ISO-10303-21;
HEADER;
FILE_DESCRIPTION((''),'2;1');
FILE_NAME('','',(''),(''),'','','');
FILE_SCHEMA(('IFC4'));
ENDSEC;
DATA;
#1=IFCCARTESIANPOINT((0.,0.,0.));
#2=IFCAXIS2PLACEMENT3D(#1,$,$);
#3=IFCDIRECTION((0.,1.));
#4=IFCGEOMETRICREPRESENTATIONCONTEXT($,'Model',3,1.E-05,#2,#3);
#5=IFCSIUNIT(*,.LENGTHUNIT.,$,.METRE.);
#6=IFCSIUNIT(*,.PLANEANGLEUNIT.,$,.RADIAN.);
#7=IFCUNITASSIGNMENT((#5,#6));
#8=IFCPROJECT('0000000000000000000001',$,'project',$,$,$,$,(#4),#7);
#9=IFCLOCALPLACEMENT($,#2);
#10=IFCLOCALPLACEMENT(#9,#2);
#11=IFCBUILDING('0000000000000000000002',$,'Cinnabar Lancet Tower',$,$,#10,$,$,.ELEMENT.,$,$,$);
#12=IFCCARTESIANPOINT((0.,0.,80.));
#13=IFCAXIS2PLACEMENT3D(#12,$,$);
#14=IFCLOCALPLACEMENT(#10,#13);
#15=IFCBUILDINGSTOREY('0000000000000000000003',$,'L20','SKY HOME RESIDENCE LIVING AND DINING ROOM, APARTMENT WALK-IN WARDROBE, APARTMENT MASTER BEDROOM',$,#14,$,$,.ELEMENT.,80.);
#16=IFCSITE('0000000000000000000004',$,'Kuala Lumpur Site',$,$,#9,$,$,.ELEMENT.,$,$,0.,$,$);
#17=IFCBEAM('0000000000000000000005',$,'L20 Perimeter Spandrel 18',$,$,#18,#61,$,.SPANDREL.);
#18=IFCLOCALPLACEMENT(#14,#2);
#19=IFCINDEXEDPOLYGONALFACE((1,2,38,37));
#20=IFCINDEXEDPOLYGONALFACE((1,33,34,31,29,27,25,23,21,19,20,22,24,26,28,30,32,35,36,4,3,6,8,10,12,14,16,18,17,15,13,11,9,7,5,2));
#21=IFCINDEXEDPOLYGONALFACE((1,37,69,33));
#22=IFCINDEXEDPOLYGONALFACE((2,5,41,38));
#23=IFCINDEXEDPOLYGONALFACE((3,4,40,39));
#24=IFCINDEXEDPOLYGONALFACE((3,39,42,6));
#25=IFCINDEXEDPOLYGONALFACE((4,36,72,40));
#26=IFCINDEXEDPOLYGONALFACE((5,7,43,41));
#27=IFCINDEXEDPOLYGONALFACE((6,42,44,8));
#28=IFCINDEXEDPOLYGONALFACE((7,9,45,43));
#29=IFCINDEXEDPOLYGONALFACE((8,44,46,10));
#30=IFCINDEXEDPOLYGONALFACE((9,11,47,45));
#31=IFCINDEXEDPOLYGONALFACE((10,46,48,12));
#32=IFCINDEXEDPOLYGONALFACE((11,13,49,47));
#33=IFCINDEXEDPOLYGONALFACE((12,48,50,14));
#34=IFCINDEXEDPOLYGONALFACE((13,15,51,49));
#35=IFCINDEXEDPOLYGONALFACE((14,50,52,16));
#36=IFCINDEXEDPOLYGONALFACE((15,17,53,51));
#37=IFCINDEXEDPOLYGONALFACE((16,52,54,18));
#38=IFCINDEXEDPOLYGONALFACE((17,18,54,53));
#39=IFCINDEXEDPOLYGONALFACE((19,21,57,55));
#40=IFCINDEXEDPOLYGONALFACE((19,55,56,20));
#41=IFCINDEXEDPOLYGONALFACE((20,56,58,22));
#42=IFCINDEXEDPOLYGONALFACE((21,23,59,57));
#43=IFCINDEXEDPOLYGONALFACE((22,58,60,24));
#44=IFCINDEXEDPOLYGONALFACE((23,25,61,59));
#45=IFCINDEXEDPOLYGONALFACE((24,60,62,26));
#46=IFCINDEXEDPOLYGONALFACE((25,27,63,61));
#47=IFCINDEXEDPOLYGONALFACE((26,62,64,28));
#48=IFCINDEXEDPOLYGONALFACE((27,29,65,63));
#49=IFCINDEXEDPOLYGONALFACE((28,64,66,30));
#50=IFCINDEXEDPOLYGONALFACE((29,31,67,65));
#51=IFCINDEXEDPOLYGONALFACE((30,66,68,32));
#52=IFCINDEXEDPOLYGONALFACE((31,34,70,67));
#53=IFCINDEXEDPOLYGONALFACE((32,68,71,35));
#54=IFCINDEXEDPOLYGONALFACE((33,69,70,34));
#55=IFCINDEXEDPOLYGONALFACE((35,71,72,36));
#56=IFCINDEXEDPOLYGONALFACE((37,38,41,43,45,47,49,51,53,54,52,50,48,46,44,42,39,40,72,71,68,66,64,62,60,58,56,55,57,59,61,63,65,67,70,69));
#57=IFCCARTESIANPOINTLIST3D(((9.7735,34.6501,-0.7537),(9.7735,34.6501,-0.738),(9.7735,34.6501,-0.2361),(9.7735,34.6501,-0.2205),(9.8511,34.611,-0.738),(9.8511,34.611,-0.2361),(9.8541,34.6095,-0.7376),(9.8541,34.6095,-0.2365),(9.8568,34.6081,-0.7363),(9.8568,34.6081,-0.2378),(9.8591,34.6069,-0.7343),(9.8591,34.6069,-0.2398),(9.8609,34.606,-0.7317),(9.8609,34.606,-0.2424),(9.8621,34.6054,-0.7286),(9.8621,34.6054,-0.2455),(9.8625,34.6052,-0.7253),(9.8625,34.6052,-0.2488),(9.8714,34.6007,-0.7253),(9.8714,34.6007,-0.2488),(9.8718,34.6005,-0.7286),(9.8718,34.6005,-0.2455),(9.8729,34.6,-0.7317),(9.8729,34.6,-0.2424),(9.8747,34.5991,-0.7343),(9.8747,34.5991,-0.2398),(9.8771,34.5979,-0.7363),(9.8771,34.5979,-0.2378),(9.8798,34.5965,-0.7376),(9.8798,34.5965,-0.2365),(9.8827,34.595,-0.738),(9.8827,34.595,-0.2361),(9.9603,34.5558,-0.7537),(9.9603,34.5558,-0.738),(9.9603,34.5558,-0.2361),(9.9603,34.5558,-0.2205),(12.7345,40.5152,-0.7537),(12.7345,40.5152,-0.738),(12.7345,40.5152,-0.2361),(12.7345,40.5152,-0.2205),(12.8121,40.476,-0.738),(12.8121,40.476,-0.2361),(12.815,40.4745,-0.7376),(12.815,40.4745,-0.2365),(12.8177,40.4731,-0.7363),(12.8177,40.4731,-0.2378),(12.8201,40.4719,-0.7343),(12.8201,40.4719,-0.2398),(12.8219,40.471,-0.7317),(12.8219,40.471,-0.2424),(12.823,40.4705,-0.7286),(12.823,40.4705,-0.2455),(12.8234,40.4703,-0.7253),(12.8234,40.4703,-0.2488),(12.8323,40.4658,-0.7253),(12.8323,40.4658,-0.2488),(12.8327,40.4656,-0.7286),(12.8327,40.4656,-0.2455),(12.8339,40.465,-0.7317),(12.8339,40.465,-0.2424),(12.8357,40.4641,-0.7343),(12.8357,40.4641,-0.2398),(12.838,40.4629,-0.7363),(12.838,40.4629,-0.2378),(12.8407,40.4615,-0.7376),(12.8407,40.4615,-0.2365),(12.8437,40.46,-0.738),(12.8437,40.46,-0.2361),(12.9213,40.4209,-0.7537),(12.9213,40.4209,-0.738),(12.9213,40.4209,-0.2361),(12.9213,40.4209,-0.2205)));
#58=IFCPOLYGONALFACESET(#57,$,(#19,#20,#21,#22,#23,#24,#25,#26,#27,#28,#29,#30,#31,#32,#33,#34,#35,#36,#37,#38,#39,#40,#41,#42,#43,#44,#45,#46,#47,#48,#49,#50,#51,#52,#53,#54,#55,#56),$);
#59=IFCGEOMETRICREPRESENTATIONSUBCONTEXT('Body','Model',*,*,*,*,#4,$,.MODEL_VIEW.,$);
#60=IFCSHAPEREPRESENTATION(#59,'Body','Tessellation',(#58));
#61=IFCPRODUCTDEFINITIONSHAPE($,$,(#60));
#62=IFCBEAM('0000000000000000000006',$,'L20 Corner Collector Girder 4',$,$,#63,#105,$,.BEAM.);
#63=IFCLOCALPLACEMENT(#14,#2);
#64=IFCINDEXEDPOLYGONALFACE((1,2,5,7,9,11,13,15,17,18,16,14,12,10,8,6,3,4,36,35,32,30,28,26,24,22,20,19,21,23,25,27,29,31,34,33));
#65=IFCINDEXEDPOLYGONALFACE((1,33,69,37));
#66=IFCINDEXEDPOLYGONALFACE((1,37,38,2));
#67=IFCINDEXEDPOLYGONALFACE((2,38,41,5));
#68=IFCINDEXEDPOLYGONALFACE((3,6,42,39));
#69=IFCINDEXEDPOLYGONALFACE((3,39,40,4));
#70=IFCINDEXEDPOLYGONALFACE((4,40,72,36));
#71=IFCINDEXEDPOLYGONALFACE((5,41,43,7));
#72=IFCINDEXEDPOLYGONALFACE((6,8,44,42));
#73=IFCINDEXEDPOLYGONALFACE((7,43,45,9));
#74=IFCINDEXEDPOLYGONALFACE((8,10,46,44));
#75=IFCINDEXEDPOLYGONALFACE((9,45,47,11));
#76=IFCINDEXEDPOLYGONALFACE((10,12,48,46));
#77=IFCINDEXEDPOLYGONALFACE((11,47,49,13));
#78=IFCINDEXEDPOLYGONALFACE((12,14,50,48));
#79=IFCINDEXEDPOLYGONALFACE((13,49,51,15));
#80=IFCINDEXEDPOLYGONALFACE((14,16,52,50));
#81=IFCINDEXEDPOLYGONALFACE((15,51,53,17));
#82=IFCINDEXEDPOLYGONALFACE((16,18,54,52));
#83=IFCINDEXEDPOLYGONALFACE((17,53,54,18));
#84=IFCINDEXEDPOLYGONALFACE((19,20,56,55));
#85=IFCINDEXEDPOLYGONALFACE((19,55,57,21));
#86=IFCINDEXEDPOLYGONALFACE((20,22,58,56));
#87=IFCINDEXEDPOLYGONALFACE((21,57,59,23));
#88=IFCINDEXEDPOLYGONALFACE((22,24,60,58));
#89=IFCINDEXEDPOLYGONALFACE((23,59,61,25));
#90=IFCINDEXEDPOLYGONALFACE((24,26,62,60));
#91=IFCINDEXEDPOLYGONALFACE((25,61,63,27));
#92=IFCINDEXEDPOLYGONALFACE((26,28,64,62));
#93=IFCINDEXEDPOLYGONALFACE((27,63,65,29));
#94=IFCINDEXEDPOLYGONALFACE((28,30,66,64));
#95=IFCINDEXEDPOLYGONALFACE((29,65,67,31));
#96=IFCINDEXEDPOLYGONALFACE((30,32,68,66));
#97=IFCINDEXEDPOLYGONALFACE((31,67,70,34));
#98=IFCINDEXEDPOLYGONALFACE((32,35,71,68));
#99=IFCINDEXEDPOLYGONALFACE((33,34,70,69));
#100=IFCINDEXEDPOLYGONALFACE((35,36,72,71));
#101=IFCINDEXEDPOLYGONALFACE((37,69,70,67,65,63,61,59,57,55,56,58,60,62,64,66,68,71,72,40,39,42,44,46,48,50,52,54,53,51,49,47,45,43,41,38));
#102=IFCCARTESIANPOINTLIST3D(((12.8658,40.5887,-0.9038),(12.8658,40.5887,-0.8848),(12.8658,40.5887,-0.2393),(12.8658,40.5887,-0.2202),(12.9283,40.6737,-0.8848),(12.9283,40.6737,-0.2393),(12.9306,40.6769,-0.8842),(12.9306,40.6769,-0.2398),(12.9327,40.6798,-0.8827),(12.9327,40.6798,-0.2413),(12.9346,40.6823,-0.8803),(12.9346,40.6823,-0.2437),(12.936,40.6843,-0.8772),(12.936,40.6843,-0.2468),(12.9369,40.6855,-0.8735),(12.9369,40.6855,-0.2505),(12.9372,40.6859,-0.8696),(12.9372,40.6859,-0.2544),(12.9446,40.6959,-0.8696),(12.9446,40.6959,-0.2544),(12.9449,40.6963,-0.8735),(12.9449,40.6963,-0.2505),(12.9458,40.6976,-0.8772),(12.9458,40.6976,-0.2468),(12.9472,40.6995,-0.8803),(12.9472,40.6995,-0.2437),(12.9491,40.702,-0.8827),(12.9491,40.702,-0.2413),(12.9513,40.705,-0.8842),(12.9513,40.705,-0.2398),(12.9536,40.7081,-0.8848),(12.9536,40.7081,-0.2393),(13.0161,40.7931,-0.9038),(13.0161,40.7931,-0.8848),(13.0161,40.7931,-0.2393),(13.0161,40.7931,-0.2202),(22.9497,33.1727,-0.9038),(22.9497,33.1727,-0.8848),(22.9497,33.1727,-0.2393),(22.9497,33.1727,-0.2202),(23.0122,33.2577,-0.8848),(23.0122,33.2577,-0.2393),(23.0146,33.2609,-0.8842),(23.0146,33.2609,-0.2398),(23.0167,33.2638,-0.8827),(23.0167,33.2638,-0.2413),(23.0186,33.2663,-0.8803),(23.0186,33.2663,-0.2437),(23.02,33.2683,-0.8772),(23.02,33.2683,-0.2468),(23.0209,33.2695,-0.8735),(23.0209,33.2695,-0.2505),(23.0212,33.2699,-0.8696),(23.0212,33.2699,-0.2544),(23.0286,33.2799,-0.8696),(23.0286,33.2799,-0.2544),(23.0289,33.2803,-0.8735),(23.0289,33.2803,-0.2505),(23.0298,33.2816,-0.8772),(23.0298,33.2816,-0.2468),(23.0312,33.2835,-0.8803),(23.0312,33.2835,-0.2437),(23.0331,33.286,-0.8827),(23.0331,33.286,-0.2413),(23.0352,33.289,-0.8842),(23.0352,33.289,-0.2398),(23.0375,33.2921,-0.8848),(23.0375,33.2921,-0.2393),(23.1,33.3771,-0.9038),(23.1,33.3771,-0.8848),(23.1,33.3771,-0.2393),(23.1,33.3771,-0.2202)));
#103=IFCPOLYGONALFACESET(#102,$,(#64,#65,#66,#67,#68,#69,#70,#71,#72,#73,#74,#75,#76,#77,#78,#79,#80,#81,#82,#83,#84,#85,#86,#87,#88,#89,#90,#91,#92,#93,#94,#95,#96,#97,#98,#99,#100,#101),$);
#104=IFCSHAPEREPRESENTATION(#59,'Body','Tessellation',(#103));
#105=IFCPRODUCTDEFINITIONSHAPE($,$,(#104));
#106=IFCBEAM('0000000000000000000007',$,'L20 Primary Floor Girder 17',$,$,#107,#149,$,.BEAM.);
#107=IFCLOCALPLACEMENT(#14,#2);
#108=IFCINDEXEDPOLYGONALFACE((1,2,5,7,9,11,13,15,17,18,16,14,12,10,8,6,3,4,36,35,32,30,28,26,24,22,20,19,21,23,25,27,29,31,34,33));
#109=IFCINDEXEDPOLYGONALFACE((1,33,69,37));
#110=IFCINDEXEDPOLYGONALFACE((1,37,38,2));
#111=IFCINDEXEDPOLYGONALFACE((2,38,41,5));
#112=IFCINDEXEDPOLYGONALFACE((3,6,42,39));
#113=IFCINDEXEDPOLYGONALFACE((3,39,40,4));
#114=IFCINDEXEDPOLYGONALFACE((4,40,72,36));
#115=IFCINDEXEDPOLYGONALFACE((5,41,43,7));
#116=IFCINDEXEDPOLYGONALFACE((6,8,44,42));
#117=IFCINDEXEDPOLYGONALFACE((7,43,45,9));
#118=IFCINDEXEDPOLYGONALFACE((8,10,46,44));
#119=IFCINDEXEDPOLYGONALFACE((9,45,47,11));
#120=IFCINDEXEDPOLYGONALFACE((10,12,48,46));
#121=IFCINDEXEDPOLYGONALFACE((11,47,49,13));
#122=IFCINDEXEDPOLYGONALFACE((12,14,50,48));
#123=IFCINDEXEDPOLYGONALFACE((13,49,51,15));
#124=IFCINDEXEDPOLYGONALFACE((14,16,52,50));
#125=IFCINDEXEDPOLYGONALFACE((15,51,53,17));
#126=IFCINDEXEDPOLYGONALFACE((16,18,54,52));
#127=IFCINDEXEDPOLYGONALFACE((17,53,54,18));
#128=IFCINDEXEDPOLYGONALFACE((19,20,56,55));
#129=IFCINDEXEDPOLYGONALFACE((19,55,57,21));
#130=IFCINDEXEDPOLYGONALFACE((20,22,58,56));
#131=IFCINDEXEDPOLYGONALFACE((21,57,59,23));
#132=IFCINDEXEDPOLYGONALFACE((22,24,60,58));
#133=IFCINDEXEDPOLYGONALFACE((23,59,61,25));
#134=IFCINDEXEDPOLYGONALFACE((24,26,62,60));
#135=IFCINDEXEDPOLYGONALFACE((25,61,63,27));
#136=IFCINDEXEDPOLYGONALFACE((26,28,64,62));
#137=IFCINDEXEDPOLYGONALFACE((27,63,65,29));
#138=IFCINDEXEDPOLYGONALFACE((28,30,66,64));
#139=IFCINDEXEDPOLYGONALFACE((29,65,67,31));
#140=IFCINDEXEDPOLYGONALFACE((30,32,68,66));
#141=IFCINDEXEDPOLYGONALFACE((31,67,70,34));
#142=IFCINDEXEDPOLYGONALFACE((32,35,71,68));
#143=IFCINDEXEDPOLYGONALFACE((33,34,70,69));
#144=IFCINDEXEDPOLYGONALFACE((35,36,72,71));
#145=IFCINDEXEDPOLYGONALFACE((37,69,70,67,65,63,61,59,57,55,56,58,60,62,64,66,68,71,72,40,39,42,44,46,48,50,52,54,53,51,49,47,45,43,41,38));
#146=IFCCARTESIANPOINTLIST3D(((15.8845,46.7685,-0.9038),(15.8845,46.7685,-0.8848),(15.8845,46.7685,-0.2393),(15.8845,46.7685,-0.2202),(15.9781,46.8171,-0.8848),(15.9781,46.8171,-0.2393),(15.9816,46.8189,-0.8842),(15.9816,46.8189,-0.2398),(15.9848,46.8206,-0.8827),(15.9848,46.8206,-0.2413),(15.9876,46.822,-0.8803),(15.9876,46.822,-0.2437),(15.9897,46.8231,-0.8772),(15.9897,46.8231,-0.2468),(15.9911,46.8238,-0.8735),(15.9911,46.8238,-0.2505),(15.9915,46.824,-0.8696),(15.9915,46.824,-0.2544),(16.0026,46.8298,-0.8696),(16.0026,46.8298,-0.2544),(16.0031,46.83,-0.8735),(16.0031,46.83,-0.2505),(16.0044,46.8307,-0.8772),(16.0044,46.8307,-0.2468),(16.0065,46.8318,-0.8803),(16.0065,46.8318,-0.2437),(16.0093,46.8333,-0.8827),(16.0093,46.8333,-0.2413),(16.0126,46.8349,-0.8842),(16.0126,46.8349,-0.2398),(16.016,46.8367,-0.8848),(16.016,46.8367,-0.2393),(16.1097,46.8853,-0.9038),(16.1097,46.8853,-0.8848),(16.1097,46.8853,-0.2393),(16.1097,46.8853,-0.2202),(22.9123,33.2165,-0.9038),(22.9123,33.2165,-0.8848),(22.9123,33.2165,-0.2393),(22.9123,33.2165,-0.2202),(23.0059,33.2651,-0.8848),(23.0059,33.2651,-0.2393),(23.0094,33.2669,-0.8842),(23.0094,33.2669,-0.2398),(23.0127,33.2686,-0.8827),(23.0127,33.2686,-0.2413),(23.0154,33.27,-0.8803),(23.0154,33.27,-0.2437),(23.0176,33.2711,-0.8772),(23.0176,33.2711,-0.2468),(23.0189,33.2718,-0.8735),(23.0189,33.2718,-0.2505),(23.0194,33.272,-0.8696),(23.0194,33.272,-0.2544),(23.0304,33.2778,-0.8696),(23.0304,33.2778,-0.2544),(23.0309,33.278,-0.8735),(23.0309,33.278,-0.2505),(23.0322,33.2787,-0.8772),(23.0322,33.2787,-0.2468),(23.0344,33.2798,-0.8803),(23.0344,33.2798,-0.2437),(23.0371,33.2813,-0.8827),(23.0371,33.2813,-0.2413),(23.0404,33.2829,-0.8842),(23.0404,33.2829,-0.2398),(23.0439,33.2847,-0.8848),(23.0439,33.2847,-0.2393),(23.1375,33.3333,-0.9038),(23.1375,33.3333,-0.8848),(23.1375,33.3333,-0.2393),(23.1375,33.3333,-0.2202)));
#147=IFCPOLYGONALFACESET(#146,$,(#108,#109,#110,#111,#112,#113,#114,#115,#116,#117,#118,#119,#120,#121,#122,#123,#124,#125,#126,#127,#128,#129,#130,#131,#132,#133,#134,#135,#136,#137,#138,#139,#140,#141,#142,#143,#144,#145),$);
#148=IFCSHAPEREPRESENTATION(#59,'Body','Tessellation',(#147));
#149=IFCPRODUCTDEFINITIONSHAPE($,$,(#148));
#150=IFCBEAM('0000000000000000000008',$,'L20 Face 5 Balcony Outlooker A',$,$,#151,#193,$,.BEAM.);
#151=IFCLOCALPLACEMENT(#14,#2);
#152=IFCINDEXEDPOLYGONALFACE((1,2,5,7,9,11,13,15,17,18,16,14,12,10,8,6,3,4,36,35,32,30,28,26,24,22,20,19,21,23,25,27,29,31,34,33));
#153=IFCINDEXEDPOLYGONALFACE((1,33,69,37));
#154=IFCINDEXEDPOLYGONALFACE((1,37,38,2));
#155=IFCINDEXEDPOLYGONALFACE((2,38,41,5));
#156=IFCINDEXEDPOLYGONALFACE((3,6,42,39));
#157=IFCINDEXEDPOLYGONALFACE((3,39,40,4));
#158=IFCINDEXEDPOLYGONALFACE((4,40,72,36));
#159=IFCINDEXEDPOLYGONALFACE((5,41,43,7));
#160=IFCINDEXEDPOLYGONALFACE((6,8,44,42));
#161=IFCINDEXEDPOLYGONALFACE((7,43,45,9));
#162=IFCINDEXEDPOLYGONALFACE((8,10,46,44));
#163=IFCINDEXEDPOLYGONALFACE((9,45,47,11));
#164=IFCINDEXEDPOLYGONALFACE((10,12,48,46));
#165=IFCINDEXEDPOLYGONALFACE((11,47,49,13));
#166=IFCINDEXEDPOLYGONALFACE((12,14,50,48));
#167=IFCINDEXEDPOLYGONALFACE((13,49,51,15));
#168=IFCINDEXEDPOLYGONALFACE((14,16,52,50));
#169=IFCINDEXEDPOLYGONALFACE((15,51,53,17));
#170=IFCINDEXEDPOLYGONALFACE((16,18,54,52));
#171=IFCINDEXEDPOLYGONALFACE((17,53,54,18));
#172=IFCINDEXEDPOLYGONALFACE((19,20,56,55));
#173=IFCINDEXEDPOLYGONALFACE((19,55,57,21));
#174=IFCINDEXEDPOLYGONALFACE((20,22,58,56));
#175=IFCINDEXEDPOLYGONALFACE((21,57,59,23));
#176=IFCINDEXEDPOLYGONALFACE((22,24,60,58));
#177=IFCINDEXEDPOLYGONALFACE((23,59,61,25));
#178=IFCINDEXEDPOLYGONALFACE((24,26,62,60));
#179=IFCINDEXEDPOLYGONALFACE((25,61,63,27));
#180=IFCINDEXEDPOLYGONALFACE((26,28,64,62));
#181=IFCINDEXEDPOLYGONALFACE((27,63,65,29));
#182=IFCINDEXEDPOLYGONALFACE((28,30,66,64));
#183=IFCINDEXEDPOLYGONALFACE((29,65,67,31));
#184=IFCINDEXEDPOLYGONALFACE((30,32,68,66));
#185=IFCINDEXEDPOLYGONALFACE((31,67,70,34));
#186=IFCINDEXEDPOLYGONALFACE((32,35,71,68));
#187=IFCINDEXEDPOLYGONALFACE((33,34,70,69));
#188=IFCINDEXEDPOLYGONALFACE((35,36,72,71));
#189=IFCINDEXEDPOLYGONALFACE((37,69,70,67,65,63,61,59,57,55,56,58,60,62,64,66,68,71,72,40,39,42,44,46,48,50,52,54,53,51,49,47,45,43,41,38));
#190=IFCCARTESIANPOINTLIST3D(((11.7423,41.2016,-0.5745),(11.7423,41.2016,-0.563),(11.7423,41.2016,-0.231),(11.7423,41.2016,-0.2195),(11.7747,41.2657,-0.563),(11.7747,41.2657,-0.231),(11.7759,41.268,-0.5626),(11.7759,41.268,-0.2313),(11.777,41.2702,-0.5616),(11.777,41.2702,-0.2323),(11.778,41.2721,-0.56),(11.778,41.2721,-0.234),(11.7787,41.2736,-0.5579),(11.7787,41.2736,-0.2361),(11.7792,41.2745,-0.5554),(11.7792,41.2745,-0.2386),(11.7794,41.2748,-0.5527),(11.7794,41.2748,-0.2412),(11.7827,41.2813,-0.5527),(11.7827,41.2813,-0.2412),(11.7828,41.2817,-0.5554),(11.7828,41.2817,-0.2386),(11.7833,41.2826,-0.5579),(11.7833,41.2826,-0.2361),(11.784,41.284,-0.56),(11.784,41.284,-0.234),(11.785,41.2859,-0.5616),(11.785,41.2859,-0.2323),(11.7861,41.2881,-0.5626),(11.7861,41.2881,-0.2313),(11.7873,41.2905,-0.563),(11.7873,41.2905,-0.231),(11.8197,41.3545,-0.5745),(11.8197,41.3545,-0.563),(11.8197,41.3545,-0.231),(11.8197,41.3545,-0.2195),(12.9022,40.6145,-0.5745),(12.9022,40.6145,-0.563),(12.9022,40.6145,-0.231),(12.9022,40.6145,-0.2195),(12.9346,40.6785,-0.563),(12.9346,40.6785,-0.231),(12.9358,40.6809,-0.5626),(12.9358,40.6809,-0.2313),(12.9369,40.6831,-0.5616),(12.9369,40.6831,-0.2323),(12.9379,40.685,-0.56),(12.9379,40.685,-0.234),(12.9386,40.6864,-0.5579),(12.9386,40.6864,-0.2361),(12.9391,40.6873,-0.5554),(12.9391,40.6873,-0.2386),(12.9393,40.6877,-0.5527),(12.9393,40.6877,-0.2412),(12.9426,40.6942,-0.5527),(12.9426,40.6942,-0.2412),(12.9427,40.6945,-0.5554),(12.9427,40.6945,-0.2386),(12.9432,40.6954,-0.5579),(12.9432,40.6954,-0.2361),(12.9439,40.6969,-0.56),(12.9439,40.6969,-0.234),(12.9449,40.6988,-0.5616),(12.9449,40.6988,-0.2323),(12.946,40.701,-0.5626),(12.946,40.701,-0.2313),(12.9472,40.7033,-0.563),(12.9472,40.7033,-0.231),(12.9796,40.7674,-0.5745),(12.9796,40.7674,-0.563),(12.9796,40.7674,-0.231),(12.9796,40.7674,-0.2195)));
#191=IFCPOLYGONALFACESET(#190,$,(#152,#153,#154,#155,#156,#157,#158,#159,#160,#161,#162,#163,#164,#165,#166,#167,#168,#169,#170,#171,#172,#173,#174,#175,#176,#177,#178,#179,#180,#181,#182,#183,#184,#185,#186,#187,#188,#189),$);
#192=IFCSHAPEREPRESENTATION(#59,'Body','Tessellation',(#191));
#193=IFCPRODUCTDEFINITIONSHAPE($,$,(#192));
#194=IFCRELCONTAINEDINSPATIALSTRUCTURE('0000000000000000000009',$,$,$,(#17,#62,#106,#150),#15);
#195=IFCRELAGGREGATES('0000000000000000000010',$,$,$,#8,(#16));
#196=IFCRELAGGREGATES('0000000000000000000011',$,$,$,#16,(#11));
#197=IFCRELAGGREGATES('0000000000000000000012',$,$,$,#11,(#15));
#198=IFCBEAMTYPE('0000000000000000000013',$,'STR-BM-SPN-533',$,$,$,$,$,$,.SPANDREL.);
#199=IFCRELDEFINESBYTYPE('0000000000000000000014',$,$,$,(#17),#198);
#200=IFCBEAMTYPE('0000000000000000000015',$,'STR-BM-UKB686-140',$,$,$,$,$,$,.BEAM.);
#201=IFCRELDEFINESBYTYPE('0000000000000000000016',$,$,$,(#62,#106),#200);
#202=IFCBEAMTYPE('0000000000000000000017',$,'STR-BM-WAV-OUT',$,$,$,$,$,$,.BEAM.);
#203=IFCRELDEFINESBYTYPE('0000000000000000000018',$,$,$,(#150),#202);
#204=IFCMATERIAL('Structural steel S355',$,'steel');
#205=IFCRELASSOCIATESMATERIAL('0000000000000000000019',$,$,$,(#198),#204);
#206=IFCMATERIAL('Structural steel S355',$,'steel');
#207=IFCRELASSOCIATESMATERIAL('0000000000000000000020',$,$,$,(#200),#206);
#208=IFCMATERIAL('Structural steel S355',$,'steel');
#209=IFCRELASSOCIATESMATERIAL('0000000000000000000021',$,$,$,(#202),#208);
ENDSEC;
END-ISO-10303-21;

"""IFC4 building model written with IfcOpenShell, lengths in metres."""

from ifc_helpers import new_model, si_unit, direction, frame, origin, origin_2d, place, context, subcontext, project, spatial, i_section, extrude, material, material_profile, profile_set, type_object, element, save


model = new_model("IFC4")

# Units and contexts
model_context = context("Model", 3, precision=1e-05, world=origin(), true_north=direction((0.0, 1.0)))
body_context = subcontext(model_context, "Body", "Model", "MODEL_VIEW")
ifc_project = project(units=[si_unit("LENGTHUNIT", "METRE"), si_unit("PLANEANGLEUNIT", "RADIAN")], contexts=[model_context])

# Site, building, storey
site_placement = place(None, origin())
site = spatial("IfcSite", under=ifc_project, at=site_placement, Name="Kuala Lumpur Site", CompositionType="ELEMENT", RefElevation=0.0)
building_placement = place(site_placement, origin())
building = spatial("IfcBuilding", under=site, at=building_placement, Name="Cinnabar Lancet Tower", CompositionType="ELEMENT")
storey_placement = place(building_placement, frame((0.0, 0.0, 80.0)))
storey = spatial("IfcBuildingStorey", under=building, at=storey_placement, Name="L20", Description="SKY HOME RESIDENCE LIVING AND DINING ROOM, APARTMENT WALK-IN WARDROBE, APARTMENT MASTER BEDROOM", CompositionType="ELEMENT", Elevation=80.0)

# Beams
ifc_material_1 = material(Name="Structural steel S355", Category="steel")
ifc_material_profile_1 = material_profile(ifc_material_1, i_section(OverallWidth=0.2092, OverallDepth=0.5332, WebThickness=0.01, FlangeThickness=0.0156, FilletRadius=0.0127, at=origin_2d()), Name="UKB 533x210x92")
ifc_profile_set_1 = profile_set([ifc_material_profile_1], Name="Structural steel S355")
beam_type_1 = type_object("IfcBeamType", Name="STR-BM-SPN-533", PredefinedType="SPANDREL", material=ifc_profile_set_1)
beam_1_placement = place(storey_placement, frame((12.8279, 40.468, -0.4871), z_axis=(-0.450674, -0.892689, 0.0), x_axis=(0.892689, -0.450674, 0.0)))
element("IfcBeam", 1, at=beam_1_placement, inside=storey, type_object=beam_type_1, Name="L20 Perimeter Spandrel 18", PredefinedType="SPANDREL", context=body_context, shape_type="SweptSolid", body=[
    extrude(i_section(OverallWidth=0.2092, OverallDepth=0.5332, WebThickness=0.01, FlangeThickness=0.0156, FilletRadius=0.0127, at=origin_2d()), origin(), (0.0, 0.0, 1.0), 6.5701),
])
ifc_material_2 = material(Name="Structural steel S355", Category="steel")
ifc_material_profile_2 = material_profile(ifc_material_2, i_section(OverallWidth=0.2537, OverallDepth=0.6836, WebThickness=0.0125, FlangeThickness=0.019, FilletRadius=0.0151, at=origin_2d()), Name="UKB 686x254x140")
ifc_profile_set_2 = profile_set([ifc_material_profile_2], Name="Structural steel S355")
beam_type_2 = type_object("IfcBeamType", Name="STR-BM-UKB686-140", PredefinedType="BEAM", material=ifc_profile_set_2)
beam_2_placement = place(storey_placement, frame((12.9409, 40.6909, -0.562), z_axis=(0.805601, -0.592459, 0.0), x_axis=(0.592459, 0.805601, 0.0)))
element("IfcBeam", 2, at=beam_2_placement, inside=storey, type_object=beam_type_2, Name="L20 Corner Collector Girder 4", PredefinedType="BEAM", context=body_context, shape_type="SweptSolid", body=[
    extrude(i_section(OverallWidth=0.2537, OverallDepth=0.6836, WebThickness=0.0125, FlangeThickness=0.019, FilletRadius=0.0151, at=origin_2d()), origin(), (0.0, 0.0, 1.0), 12.5173),
])
beam_3_placement = place(storey_placement, frame((15.9971, 46.8269, -0.562), z_axis=(0.460362, -0.887731, 0.0), x_axis=(0.887731, 0.460362, 0.0)))
element("IfcBeam", 3, at=beam_3_placement, inside=storey, type_object=beam_type_2, Name="L20 Primary Floor Girder 17", PredefinedType="BEAM", context=body_context, shape_type="SweptSolid", body=[
    extrude(i_section(OverallWidth=0.2537, OverallDepth=0.6836, WebThickness=0.0125, FlangeThickness=0.019, FilletRadius=0.0151, at=origin_2d()), origin(), (0.0, 0.0, 1.0), 15.2659),
])
ifc_material_3 = material(Name="Structural steel S355", Category="steel")
ifc_material_profile_3 = material_profile(ifc_material_3, i_section(OverallWidth=0.1714, OverallDepth=0.355, WebThickness=0.0073, FlangeThickness=0.0115, FilletRadius=0.0103, at=origin_2d()), Name="UKB 356x171x51")
ifc_profile_set_3 = profile_set([ifc_material_profile_3], Name="Structural steel S355")
beam_type_3 = type_object("IfcBeamType", Name="STR-BM-WAV-OUT", PredefinedType="BEAM", material=ifc_profile_set_3)
beam_4_placement = place(storey_placement, frame((12.9409, 40.6909, -0.397), z_axis=(-0.8922, 0.45164, 0.0), x_axis=(-0.45164, -0.8922, 0.0)))
element("IfcBeam", 4, at=beam_4_placement, inside=storey, type_object=beam_type_3, Name="L20 Face 5 Balcony Outlooker A", PredefinedType="BEAM", context=body_context, shape_type="SweptSolid", body=[
    extrude(i_section(OverallWidth=0.1714, OverallDepth=0.355, WebThickness=0.0073, FlangeThickness=0.0115, FilletRadius=0.0103, at=origin_2d()), origin(), (0.0, 0.0, 1.0), 1.3),
])

save(model, "model.ifc")
